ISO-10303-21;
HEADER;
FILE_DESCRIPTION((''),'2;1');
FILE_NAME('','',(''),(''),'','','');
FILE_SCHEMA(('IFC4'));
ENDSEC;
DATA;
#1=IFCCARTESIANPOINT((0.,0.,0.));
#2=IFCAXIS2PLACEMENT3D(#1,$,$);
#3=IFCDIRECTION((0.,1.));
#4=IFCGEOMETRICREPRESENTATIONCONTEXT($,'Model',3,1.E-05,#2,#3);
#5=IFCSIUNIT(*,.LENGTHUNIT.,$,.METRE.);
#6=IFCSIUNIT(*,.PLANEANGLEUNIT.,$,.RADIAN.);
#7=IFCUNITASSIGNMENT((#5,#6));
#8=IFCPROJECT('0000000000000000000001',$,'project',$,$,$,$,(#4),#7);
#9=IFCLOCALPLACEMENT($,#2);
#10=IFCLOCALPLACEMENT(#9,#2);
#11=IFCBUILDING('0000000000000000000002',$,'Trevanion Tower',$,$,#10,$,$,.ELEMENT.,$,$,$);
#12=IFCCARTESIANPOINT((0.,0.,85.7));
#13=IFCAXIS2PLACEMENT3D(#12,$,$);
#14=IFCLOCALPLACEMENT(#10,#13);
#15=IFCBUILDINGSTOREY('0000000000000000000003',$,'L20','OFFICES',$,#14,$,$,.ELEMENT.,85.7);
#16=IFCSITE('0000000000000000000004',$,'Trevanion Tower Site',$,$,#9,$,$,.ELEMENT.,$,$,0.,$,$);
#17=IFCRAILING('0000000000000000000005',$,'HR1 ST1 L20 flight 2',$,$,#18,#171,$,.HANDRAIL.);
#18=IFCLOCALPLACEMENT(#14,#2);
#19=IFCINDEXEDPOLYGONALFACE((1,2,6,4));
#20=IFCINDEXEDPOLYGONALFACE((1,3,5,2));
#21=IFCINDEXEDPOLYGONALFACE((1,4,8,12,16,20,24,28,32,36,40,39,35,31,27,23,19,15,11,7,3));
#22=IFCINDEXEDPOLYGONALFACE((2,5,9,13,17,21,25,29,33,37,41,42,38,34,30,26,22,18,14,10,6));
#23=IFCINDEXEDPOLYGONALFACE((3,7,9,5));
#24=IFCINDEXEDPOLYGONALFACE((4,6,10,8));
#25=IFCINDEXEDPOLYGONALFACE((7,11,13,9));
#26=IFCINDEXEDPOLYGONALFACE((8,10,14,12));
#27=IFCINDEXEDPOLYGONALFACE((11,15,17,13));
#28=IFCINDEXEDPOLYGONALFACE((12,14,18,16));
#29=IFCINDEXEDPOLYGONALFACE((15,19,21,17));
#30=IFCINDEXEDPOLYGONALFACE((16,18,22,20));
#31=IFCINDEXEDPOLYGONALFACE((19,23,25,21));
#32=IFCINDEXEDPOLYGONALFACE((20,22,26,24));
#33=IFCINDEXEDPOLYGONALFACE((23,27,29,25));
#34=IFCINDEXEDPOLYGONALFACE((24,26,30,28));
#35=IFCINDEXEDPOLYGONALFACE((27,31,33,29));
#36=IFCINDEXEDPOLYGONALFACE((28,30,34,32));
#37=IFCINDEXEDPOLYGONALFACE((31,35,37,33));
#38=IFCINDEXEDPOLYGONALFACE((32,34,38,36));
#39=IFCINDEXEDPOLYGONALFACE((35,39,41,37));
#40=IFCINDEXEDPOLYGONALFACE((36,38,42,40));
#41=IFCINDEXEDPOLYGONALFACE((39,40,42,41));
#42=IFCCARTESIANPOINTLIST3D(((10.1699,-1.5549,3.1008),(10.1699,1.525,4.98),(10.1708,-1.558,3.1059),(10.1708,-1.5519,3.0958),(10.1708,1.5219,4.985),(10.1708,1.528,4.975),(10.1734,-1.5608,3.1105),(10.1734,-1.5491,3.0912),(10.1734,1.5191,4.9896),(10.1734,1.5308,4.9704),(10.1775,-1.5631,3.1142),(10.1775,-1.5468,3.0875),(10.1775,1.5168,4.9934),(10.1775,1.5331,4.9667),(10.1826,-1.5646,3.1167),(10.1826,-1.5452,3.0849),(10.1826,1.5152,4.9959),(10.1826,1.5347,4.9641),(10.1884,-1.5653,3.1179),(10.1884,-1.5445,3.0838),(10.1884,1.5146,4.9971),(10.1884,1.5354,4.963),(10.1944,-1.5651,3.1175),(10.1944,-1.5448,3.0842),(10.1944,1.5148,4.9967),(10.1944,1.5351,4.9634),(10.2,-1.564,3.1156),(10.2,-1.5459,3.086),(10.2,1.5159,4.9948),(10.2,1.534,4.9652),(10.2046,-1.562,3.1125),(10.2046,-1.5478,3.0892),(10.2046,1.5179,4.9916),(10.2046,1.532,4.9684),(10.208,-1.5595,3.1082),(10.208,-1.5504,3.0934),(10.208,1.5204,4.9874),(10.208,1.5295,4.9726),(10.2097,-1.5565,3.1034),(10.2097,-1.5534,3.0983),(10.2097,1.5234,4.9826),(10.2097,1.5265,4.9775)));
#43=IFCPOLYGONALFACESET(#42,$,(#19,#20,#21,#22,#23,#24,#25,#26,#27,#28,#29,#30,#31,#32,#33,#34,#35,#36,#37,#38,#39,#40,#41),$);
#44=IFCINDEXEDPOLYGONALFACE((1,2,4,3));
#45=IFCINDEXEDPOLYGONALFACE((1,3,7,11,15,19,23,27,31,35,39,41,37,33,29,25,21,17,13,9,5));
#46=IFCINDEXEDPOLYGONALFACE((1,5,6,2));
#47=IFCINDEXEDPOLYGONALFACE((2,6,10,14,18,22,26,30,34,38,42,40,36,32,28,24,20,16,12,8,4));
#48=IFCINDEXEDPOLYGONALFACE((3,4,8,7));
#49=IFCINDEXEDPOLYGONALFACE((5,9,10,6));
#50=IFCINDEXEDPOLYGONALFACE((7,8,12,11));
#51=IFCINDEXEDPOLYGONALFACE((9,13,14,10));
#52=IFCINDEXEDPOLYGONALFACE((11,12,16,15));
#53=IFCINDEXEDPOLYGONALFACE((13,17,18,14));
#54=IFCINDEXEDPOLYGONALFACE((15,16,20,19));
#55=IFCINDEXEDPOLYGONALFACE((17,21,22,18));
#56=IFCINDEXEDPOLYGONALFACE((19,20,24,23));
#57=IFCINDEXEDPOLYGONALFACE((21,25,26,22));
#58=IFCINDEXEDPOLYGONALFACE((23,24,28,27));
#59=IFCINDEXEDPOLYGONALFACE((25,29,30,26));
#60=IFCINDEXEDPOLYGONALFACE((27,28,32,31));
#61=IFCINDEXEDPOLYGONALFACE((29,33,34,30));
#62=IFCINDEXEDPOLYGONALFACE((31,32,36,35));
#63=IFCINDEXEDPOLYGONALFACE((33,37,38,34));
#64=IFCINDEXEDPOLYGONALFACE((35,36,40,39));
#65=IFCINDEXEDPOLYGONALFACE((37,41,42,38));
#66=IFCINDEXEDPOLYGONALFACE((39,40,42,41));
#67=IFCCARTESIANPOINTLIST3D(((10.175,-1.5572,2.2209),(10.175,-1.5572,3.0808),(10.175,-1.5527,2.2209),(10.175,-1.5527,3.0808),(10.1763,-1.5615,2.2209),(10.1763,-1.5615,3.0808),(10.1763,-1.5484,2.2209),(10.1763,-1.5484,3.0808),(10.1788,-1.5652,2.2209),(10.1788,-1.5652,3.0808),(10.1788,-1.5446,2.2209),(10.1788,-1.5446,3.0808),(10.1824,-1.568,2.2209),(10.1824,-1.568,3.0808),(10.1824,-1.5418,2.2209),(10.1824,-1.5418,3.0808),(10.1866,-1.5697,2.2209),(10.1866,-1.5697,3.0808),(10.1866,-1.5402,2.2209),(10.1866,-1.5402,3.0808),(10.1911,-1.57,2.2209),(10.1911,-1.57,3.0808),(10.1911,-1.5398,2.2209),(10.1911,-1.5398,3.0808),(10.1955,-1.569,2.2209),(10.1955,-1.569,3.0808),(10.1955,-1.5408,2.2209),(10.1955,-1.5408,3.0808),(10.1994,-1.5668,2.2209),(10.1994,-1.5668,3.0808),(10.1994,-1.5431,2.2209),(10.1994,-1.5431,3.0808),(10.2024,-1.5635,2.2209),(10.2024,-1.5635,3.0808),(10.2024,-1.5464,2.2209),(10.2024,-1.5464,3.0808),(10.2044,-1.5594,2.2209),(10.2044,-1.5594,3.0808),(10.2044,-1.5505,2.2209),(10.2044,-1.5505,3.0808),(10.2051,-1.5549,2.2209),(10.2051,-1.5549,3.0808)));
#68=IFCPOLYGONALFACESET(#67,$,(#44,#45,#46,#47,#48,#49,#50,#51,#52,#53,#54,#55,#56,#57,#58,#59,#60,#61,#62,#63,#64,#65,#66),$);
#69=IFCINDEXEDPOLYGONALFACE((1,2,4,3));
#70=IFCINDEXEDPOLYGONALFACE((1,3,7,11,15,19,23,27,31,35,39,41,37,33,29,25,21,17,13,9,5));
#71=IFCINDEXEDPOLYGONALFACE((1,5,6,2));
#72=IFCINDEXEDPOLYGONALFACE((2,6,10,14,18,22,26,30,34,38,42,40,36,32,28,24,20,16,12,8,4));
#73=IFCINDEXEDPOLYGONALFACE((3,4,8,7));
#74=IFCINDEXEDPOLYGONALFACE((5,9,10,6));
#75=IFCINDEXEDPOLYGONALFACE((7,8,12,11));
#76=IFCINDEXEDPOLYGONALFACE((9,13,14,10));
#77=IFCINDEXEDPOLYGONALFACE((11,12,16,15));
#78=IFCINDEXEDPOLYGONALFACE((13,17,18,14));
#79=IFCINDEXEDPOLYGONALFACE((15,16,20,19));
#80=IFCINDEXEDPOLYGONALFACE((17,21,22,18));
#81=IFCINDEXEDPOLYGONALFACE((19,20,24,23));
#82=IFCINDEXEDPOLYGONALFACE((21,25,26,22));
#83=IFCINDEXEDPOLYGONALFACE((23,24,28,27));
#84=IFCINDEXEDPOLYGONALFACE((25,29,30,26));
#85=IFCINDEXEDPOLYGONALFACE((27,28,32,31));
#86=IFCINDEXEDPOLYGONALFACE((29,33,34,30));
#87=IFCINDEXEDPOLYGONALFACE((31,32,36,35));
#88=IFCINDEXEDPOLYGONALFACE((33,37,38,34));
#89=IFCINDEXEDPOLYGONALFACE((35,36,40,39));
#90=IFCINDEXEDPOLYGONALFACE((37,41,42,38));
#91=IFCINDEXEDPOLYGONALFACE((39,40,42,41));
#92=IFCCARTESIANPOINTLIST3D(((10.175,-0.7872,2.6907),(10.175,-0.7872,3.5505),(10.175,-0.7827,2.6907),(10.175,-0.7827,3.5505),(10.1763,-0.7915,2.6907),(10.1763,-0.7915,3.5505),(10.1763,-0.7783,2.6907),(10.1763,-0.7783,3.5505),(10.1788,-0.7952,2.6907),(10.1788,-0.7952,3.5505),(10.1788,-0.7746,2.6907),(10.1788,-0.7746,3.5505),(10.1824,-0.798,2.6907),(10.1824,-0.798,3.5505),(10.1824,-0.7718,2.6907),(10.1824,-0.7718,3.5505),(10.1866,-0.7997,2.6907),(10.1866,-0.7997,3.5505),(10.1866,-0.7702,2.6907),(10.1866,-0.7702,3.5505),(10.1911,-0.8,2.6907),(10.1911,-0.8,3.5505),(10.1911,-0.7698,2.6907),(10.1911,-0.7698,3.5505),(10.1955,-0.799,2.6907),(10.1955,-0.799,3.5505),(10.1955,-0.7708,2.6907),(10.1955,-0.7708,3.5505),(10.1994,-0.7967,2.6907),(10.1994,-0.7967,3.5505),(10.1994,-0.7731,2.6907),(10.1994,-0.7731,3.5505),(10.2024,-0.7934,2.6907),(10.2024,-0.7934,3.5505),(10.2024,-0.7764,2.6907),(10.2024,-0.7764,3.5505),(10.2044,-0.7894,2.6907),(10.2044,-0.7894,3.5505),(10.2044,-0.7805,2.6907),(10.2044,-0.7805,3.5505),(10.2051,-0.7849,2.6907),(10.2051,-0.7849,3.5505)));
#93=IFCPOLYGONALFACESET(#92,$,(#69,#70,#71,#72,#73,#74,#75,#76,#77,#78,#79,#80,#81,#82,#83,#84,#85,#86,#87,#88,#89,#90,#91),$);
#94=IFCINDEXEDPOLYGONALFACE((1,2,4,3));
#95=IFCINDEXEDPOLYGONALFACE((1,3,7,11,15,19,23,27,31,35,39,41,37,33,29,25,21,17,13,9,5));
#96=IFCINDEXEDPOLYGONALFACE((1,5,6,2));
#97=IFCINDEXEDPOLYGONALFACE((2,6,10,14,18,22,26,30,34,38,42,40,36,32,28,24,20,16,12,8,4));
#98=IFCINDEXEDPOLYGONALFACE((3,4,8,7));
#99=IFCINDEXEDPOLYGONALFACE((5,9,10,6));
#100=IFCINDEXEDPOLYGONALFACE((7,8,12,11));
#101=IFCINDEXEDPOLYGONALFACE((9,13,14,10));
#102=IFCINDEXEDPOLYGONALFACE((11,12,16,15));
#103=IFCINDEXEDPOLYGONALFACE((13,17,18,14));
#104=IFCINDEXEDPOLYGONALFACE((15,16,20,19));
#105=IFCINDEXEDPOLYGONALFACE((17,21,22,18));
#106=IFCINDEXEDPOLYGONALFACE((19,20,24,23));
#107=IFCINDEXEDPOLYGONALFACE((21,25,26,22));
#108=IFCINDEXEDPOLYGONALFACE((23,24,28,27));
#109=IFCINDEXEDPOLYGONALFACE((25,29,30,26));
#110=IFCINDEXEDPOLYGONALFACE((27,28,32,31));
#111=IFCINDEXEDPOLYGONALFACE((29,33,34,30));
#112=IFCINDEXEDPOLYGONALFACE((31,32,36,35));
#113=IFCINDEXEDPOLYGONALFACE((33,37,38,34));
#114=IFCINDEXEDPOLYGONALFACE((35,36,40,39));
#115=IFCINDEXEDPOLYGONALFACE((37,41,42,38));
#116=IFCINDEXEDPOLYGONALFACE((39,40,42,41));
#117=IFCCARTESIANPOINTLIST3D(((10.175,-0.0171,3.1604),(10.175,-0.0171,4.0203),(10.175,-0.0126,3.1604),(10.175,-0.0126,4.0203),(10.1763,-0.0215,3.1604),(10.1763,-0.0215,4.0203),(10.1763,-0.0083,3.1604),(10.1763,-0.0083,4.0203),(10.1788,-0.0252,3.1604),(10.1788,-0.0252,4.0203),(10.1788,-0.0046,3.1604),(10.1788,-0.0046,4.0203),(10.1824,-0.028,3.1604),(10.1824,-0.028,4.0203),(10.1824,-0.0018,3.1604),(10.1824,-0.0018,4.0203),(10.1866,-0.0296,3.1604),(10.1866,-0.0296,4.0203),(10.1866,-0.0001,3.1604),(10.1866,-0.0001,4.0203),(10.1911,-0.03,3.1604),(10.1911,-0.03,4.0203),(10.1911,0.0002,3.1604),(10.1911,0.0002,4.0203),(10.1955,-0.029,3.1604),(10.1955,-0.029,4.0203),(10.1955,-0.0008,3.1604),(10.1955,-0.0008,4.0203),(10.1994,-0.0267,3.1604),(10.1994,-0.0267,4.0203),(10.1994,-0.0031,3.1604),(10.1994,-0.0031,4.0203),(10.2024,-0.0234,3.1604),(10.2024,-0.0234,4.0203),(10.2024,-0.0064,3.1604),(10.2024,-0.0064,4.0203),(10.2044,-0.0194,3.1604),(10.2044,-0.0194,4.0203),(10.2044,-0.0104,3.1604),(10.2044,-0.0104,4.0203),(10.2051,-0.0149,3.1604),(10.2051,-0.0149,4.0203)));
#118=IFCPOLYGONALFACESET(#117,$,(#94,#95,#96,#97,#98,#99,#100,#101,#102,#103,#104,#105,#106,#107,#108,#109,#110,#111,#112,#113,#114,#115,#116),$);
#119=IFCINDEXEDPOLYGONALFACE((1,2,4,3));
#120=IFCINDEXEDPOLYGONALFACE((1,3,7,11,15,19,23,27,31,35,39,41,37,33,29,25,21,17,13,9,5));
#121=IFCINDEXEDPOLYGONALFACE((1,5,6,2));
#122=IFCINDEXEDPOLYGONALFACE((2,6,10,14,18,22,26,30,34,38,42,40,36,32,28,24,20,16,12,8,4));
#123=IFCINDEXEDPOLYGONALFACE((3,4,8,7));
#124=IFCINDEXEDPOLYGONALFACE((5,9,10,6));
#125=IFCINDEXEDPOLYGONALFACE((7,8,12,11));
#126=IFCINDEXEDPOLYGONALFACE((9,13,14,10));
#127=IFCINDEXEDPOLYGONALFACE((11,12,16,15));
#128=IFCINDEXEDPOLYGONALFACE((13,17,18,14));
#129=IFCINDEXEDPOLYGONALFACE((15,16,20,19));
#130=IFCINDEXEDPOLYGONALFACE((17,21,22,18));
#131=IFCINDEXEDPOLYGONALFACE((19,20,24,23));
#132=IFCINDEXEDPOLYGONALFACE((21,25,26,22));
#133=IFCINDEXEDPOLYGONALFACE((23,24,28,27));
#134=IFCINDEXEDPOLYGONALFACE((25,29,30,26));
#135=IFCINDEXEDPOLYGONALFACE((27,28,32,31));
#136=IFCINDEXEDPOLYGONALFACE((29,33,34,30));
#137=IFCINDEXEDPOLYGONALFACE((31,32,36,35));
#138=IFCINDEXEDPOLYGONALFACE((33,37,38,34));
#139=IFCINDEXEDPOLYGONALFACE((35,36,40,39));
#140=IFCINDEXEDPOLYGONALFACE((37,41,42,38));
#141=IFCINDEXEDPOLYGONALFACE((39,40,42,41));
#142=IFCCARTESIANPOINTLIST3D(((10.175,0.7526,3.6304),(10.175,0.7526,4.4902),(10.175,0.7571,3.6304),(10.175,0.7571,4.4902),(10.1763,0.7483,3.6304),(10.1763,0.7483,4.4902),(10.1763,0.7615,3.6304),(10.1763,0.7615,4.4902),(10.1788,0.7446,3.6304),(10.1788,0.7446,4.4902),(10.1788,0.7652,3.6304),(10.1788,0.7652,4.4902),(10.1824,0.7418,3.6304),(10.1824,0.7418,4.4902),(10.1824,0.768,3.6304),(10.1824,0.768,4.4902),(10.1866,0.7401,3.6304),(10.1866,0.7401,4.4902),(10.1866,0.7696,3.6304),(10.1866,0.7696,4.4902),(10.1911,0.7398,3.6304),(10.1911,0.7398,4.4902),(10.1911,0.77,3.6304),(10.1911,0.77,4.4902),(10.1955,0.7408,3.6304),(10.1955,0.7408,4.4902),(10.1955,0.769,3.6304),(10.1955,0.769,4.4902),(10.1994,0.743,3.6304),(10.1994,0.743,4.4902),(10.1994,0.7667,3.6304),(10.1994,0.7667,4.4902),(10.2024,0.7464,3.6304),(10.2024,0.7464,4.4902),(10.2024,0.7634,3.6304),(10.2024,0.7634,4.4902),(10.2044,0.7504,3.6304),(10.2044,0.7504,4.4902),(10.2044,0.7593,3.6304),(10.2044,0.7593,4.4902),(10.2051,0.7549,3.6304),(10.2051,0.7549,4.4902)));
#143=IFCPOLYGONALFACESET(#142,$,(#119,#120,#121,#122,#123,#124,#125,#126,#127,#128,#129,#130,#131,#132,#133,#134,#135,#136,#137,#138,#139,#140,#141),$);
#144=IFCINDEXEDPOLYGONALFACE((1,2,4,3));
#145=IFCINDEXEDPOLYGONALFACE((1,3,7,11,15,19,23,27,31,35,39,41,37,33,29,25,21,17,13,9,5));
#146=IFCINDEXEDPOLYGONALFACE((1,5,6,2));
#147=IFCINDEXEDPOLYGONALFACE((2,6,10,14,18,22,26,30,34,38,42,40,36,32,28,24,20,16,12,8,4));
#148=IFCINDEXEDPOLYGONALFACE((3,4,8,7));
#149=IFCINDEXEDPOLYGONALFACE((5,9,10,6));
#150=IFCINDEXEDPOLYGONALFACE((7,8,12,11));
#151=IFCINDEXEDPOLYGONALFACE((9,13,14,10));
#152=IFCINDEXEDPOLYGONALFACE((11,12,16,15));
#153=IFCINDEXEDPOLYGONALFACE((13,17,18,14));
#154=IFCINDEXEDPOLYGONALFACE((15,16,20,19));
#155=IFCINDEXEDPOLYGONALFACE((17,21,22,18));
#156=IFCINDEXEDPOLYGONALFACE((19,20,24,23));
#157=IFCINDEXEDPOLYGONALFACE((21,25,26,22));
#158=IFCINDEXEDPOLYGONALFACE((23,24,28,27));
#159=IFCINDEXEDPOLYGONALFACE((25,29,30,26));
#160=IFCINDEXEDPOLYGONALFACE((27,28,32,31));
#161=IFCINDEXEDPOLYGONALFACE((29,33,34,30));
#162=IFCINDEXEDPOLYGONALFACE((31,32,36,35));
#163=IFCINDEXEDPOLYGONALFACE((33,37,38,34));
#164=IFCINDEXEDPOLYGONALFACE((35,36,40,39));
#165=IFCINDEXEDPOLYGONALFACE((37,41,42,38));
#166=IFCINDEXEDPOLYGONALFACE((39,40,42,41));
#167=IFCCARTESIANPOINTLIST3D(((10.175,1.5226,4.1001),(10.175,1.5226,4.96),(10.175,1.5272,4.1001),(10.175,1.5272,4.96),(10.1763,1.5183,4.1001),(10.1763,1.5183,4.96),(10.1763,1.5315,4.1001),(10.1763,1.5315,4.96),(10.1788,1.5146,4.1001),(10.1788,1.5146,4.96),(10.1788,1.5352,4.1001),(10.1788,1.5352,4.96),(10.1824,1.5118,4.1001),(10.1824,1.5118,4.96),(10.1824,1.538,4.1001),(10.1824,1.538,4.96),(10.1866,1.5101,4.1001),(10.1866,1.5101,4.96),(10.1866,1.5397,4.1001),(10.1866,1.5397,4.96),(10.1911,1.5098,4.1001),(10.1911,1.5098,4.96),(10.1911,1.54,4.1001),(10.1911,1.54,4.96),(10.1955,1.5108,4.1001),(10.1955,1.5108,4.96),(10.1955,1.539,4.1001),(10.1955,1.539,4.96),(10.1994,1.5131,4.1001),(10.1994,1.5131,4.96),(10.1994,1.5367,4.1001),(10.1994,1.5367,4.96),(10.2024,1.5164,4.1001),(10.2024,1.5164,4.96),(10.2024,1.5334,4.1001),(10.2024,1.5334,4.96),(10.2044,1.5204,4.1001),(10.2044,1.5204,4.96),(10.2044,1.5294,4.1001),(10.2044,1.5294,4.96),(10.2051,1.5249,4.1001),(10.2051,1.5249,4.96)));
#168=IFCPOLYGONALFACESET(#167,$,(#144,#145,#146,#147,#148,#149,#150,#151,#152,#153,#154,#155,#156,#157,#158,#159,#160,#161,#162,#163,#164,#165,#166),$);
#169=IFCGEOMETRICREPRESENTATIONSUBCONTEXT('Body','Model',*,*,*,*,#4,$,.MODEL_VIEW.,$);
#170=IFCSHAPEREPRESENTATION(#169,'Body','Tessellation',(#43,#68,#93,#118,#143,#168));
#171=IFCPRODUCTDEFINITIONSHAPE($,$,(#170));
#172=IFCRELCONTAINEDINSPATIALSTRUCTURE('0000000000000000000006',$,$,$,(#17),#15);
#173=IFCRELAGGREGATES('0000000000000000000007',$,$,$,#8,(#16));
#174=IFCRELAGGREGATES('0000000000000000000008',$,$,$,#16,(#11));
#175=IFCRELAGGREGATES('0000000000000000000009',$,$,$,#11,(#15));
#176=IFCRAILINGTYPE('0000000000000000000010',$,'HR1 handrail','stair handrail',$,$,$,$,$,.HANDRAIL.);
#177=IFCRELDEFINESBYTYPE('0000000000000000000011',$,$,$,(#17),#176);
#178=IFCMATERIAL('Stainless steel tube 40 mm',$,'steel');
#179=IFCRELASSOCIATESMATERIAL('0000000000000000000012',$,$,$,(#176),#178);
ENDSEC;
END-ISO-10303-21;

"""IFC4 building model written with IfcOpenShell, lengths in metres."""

from ifc_helpers import new_model, si_unit, direction, frame, origin, origin_2d, place, context, subcontext, project, spatial, circle, extrude, material, type_object, element, save


model = new_model("IFC4")

# Units and contexts
model_context = context("Model", 3, precision=1e-05, world=origin(), true_north=direction((0.0, 1.0)))
body_context = subcontext(model_context, "Body", "Model", "MODEL_VIEW")
ifc_project = project(units=[si_unit("LENGTHUNIT", "METRE"), si_unit("PLANEANGLEUNIT", "RADIAN")], contexts=[model_context])

# Site, building, storey
site_placement = place(None, origin())
site = spatial("IfcSite", under=ifc_project, at=site_placement, Name="Trevanion Tower Site", CompositionType="ELEMENT", RefElevation=0.0)
building_placement = place(site_placement, origin())
building = spatial("IfcBuilding", under=site, at=building_placement, Name="Trevanion Tower", CompositionType="ELEMENT")
storey_placement = place(building_placement, frame((0.0, 0.0, 85.7)))
storey = spatial("IfcBuildingStorey", under=building, at=storey_placement, Name="L20", Description="OFFICES", CompositionType="ELEMENT", Elevation=85.7)

# Railing
ifc_material_1 = material(Name="Stainless steel tube 40 mm", Category="steel")
railing_type = type_object("IfcRailingType", Name="HR1 handrail", Description="stair handrail", PredefinedType="HANDRAIL", material=ifc_material_1)
for number, where, name in (
    (1, (10.1899, -1.5549, 2.2209), "HR1 ST1 L20 flight 2"),
):
    element("IfcRailing", number, at=place(storey_placement, frame(where)), inside=storey, type_object=railing_type, Name=name, PredefinedType="HANDRAIL", context=body_context, shape_type="SweptSolid", body=[
        extrude(circle(Radius=0.02, at=origin_2d()), frame((0.0, 0.0, 0.8799), z_axis=(0.0, 0.853648, 0.52085), x_axis=(-1.0, 0.0, 0.0)), (0.0, 0.0, 1.0), 3.6079),
        extrude(circle(Radius=0.0151, at=origin_2d()), origin(), (0.0, 0.0, 1.0), 0.8599),
        extrude(circle(Radius=0.0151, at=origin_2d()), frame((0.0, 0.77, 0.4697)), (0.0, 0.0, 1.0), 0.8599),
        extrude(circle(Radius=0.0151, at=origin_2d()), frame((0.0, 1.54, 0.9395)), (0.0, 0.0, 1.0), 0.8599),
        extrude(circle(Radius=0.0151, at=origin_2d()), frame((0.0, 2.3098, 1.4094)), (0.0, 0.0, 1.0), 0.8599),
        extrude(circle(Radius=0.0151, at=origin_2d()), frame((0.0, 3.0798, 1.8792)), (0.0, 0.0, 1.0), 0.8599),
    ])

save(model, "model.ifc")
